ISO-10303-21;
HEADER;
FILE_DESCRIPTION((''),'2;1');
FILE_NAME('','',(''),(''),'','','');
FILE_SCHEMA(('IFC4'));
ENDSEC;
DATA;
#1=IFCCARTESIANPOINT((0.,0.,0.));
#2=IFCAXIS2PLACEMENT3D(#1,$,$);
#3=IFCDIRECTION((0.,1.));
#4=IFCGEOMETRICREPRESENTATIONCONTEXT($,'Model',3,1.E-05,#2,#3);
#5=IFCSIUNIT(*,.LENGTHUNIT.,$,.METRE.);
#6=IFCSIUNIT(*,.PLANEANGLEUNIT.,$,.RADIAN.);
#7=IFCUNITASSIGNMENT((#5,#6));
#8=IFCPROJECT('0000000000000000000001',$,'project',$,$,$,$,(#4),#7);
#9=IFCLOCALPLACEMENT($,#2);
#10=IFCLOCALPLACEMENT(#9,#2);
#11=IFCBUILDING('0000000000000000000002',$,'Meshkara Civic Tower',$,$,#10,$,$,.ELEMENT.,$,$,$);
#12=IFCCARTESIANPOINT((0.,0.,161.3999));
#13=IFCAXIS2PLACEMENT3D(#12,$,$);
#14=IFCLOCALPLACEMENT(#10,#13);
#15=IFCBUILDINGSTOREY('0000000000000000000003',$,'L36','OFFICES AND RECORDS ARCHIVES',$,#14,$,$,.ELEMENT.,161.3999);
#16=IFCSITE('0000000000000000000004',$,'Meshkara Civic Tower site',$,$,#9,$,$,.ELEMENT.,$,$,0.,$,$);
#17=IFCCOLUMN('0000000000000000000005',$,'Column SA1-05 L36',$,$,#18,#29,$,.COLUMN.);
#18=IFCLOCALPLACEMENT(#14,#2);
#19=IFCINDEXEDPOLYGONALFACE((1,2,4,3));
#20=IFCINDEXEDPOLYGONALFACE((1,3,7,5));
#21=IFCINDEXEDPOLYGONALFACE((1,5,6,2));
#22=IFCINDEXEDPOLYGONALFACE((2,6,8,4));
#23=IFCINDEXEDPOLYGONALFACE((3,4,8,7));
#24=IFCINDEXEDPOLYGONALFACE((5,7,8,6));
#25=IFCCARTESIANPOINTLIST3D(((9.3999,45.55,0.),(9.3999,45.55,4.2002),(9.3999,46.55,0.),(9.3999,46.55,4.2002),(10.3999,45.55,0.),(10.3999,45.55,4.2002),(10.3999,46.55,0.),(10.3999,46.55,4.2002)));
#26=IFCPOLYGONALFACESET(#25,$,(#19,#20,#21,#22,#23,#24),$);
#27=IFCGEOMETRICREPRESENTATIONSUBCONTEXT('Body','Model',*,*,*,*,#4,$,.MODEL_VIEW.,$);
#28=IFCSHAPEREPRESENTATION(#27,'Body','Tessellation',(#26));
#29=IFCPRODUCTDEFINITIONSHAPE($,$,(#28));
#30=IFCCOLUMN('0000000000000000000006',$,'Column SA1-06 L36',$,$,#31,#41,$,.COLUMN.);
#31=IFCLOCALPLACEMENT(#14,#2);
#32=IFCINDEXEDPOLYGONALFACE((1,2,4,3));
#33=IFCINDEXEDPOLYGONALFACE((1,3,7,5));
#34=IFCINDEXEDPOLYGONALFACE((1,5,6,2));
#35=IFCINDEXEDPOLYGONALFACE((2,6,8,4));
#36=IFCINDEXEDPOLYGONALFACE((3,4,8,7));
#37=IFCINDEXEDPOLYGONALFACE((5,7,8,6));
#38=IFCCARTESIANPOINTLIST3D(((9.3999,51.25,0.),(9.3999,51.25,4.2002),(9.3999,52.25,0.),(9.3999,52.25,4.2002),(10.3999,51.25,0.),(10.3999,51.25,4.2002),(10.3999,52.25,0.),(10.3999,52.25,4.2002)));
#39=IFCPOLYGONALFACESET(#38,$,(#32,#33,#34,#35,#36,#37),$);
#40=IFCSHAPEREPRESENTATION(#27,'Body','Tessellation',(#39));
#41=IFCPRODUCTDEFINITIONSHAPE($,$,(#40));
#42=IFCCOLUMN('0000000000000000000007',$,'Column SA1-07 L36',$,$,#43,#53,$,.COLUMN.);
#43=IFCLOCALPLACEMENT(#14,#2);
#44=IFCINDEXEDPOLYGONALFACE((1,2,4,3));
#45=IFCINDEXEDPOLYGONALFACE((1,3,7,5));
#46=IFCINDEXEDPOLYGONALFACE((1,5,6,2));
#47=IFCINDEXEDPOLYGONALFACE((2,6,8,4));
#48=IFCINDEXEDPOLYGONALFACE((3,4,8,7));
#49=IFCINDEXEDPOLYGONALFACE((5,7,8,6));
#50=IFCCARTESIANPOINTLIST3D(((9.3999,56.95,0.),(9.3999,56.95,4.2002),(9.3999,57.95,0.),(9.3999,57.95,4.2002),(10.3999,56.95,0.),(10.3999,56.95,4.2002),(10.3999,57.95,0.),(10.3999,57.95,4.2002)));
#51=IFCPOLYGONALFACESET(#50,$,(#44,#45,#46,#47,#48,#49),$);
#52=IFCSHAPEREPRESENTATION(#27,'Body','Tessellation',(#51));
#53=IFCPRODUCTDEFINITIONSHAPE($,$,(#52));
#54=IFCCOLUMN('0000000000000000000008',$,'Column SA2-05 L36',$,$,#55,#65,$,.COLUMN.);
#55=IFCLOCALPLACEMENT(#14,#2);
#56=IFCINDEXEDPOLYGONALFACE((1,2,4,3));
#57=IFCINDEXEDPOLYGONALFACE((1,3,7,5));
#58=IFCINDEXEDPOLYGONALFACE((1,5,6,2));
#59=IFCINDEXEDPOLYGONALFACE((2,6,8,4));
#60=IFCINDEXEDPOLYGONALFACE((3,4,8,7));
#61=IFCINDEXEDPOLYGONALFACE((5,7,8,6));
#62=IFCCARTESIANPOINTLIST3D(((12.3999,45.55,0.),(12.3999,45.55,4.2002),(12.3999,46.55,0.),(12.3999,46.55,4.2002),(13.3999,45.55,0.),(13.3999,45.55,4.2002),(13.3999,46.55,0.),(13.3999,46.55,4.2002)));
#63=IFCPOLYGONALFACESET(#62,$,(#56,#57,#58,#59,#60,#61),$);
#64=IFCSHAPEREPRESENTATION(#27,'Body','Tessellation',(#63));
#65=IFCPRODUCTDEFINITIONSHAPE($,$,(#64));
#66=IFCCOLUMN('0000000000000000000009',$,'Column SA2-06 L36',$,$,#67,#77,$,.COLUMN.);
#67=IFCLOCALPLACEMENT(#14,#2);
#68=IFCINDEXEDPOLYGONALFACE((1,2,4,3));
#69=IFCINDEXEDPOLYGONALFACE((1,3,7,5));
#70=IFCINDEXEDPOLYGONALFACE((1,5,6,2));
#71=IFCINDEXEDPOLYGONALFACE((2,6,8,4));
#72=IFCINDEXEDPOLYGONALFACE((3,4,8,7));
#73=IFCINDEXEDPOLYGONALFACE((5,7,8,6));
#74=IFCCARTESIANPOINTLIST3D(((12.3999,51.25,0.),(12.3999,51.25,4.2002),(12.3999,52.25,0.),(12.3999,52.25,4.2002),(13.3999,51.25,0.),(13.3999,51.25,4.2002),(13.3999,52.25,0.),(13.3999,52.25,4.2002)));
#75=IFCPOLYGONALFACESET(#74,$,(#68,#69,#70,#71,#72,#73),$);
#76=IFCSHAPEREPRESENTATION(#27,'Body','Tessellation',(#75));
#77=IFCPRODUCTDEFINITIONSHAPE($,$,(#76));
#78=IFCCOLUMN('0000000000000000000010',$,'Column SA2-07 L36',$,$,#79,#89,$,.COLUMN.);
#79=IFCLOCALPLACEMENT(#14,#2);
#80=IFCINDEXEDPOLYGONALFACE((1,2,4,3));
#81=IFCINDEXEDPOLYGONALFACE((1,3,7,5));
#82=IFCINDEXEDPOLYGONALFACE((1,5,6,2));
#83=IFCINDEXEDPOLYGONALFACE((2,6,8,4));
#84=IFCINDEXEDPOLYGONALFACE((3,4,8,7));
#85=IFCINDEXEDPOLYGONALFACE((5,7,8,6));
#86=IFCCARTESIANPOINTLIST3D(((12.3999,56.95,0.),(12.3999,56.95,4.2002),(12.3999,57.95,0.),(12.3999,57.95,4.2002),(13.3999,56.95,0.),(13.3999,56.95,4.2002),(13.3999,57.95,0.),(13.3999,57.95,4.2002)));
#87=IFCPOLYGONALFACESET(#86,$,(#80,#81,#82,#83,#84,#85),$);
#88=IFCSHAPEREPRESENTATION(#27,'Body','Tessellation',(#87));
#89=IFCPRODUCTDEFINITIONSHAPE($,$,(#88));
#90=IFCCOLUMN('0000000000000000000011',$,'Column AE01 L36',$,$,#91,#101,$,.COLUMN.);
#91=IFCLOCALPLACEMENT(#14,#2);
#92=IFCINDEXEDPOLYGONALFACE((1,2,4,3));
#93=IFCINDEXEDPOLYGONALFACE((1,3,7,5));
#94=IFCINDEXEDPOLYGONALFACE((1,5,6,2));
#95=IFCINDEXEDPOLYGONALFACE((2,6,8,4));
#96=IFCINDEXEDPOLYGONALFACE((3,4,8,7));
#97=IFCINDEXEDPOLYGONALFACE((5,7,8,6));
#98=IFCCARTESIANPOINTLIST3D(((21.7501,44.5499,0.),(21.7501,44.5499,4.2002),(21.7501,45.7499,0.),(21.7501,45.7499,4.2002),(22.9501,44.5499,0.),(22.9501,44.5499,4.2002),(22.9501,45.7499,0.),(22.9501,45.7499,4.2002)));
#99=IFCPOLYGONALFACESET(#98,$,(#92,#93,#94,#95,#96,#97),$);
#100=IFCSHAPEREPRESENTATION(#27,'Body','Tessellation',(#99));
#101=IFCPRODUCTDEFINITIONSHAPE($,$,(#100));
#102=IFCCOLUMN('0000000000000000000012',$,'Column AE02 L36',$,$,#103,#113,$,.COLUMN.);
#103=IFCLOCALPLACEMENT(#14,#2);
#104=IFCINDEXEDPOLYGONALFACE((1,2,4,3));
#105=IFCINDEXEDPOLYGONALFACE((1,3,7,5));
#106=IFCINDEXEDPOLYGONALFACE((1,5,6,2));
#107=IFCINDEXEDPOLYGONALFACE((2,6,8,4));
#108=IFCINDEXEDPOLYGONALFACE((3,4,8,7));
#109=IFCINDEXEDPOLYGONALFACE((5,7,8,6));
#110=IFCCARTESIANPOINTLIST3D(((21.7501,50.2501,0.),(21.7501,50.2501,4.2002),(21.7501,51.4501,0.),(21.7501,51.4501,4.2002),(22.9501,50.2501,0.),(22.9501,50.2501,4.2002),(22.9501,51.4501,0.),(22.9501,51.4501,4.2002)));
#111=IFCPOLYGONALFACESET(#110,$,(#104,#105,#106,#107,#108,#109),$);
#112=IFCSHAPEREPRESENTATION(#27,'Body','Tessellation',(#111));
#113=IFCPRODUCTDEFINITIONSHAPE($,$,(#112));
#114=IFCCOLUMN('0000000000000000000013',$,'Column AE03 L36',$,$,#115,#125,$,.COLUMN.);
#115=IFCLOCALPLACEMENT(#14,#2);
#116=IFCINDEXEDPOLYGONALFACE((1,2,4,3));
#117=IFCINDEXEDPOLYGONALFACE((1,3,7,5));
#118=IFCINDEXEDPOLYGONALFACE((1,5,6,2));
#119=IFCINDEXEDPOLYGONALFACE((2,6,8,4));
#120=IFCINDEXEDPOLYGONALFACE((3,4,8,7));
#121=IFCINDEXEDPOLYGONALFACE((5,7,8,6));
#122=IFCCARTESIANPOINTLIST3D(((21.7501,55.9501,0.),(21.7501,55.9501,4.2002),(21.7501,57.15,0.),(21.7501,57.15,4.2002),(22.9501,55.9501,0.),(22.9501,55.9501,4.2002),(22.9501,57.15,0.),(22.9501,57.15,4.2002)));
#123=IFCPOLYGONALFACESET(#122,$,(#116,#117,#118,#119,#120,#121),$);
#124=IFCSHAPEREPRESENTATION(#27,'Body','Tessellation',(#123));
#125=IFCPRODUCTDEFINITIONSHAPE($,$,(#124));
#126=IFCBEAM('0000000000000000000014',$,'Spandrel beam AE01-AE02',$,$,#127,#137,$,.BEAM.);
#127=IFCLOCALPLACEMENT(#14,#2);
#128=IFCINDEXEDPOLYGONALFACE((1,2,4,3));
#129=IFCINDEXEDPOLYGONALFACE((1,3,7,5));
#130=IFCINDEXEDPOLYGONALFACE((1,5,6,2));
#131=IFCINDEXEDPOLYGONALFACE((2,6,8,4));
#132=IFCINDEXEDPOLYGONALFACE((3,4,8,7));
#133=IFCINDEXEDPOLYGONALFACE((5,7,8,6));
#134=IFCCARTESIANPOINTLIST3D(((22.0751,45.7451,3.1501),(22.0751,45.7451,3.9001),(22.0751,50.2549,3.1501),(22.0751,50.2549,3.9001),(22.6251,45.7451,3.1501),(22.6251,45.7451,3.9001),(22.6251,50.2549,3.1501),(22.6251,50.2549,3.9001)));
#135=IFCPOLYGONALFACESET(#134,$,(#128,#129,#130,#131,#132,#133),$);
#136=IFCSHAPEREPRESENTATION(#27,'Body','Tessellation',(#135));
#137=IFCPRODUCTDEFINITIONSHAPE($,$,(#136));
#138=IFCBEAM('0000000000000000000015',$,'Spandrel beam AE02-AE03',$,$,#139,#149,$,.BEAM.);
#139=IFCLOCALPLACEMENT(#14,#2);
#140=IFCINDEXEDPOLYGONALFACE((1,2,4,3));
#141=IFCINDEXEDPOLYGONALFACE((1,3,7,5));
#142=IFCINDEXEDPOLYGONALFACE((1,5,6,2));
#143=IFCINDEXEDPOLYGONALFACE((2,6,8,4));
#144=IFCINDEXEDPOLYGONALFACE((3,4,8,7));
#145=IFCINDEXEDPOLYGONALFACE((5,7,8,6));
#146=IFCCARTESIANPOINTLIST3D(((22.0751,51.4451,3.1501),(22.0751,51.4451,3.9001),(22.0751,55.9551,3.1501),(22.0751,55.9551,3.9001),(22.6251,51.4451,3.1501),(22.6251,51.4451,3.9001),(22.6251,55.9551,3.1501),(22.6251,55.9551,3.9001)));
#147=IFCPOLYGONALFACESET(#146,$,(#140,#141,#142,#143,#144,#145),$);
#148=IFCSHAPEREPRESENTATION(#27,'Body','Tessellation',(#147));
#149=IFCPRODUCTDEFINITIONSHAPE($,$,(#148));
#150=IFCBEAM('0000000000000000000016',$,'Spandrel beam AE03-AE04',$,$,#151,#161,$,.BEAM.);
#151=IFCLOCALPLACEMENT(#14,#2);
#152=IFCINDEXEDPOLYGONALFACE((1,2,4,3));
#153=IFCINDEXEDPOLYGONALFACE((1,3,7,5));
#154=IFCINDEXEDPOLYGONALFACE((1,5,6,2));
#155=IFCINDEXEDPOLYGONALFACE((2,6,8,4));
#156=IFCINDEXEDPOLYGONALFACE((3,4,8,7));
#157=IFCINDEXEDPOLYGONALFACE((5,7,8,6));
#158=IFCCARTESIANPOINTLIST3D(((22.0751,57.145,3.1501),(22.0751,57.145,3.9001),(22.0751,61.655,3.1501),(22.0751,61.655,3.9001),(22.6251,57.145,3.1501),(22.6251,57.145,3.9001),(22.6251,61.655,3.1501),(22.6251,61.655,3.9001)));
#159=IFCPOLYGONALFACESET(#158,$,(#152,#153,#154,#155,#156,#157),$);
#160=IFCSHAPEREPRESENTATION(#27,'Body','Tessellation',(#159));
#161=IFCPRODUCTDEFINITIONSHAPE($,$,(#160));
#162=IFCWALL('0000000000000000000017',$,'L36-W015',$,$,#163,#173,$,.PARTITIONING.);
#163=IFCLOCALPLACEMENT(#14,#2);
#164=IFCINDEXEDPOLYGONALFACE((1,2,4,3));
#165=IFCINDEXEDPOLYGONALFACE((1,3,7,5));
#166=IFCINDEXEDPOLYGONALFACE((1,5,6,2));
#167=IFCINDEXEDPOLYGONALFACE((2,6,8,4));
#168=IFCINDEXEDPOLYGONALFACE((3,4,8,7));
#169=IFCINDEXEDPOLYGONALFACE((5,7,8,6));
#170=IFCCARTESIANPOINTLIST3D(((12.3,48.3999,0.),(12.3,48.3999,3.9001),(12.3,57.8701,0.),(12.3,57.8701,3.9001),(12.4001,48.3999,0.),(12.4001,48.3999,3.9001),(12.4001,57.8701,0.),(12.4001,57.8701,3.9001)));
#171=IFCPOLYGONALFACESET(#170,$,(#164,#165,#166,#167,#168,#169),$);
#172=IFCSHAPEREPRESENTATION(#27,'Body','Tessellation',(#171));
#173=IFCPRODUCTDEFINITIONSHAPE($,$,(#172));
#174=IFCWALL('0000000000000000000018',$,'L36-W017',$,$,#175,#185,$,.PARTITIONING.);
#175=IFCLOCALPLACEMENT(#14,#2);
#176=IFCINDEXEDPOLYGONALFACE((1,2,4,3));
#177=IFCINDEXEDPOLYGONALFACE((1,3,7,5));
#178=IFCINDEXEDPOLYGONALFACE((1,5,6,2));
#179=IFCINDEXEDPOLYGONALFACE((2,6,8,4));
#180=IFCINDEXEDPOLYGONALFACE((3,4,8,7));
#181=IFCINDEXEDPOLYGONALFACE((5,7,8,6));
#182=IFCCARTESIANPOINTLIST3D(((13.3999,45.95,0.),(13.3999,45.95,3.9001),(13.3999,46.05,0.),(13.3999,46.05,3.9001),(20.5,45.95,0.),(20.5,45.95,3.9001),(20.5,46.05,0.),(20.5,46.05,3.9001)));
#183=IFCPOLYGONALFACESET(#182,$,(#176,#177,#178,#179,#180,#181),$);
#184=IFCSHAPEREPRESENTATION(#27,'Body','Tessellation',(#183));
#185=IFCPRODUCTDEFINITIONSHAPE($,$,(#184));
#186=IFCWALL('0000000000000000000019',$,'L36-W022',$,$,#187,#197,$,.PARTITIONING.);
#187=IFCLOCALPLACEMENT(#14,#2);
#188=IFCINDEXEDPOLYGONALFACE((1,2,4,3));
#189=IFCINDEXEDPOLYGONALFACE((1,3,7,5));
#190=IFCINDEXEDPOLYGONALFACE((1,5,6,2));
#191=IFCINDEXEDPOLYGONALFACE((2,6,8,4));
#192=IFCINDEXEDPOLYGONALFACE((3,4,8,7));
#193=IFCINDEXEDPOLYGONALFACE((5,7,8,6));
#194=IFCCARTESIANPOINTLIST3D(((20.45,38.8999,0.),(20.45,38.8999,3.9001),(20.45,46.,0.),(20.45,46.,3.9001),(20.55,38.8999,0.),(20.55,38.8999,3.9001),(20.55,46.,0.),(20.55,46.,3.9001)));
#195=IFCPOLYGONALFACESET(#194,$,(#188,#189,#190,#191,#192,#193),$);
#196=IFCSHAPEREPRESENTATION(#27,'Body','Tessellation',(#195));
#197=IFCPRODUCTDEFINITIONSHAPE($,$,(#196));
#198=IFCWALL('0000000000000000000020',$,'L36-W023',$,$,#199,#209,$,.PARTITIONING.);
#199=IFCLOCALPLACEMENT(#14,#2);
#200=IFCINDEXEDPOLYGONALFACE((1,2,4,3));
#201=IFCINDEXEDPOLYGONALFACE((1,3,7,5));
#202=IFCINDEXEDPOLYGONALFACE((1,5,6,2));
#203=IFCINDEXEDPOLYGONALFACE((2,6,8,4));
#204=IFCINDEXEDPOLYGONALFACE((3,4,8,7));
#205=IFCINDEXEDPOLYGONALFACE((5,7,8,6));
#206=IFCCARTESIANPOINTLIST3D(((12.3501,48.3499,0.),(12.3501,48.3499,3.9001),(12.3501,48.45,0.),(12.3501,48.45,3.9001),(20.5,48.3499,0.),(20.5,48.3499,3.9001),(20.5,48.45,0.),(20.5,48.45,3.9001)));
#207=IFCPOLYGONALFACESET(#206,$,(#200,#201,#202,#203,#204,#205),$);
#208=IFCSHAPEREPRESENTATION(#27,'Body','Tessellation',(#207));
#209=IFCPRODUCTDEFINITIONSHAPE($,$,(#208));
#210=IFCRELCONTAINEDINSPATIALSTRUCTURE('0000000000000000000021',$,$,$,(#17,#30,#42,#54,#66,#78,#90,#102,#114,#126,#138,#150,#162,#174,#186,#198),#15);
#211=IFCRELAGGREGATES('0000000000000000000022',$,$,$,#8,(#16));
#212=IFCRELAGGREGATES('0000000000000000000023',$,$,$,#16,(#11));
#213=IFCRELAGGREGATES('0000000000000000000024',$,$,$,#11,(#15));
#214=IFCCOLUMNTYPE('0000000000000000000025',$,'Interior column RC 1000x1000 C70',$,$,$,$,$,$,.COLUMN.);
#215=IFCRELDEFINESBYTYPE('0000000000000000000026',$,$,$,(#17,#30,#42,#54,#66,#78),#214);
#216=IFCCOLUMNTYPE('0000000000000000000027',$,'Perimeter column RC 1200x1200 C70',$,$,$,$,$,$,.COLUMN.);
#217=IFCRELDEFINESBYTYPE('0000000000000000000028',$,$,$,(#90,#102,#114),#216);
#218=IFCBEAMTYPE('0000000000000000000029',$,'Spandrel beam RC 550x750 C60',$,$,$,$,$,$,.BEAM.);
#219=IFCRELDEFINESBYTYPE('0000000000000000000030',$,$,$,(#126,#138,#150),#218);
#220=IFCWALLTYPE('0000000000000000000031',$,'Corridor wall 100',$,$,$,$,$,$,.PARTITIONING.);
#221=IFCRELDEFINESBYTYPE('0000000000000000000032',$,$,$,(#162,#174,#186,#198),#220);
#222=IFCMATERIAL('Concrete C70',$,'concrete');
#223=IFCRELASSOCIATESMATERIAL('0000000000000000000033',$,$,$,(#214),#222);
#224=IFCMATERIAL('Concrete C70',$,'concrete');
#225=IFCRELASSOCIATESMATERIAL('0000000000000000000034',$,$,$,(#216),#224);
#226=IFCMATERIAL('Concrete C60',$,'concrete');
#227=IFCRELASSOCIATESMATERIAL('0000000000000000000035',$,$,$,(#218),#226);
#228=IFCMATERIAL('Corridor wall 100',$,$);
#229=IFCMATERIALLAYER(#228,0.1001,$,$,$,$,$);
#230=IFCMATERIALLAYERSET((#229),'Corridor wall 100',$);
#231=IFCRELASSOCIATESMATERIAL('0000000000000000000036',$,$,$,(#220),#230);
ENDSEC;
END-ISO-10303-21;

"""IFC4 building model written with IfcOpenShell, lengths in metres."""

from ifc_helpers import new_model, si_unit, direction, frame, frame_2d, origin, origin_2d, place, context, subcontext, project, spatial, rectangle, extrude, material, layer, layer_set, material_profile, profile_set, type_object, element, save


model = new_model("IFC4")

# Units and contexts
model_context = context("Model", 3, precision=1e-05, world=origin(), true_north=direction((0.0, 1.0)))
body_context = subcontext(model_context, "Body", "Model", "MODEL_VIEW")
ifc_project = project(units=[si_unit("LENGTHUNIT", "METRE"), si_unit("PLANEANGLEUNIT", "RADIAN")], contexts=[model_context])

# Site, building, storey
site_placement = place(None, origin())
site = spatial("IfcSite", under=ifc_project, at=site_placement, Name="Meshkara Civic Tower site", CompositionType="ELEMENT", RefElevation=0.0)
building_placement = place(site_placement, origin())
building = spatial("IfcBuilding", under=site, at=building_placement, Name="Meshkara Civic Tower", CompositionType="ELEMENT")
storey_placement = place(building_placement, frame((0.0, 0.0, 161.3999)))
storey = spatial("IfcBuildingStorey", under=building, at=storey_placement, Name="L36", Description="OFFICES AND RECORDS ARCHIVES", CompositionType="ELEMENT", Elevation=161.3999)

# Columns
ifc_material_1 = material(Name="Concrete C70", Category="concrete")
ifc_material_profile_1 = material_profile(ifc_material_1, rectangle(XDim=1.0, YDim=1.0, at=origin_2d()))
ifc_profile_set_1 = profile_set([ifc_material_profile_1], Name="Concrete C70")
column_type_1 = type_object("IfcColumnType", Name="Interior column RC 1000x1000 C70", PredefinedType="COLUMN", material=ifc_profile_set_1)
for number, where, z_axis, x_axis, name in (
    (1, (9.8999, 46.05, 0.0), (0.0, 0.0, 1.0), (1.0, 0.0, 0.0), "Column SA1-05 L36"),
    (2, (9.8999, 51.75, 0.0), (0.0, 0.0, 1.0), (1.0, 0.0, 0.0), "Column SA1-06 L36"),
    (3, (9.8999, 57.45, 0.0), (0.0, 0.0, 1.0), (1.0, 0.0, 0.0), "Column SA1-07 L36"),
    (4, (12.8999, 46.05, 0.0), (0.0, 0.0, 1.0), (1.0, 0.0, 0.0), "Column SA2-05 L36"),
    (5, (12.8999, 51.75, 0.0), (0.0, 0.0, 1.0), (1.0, 0.0, 0.0), "Column SA2-06 L36"),
    (6, (12.8999, 57.45, 0.0), (0.0, 0.0, 1.0), (1.0, 0.0, 0.0), "Column SA2-07 L36"),
):
    element("IfcColumn", number, at=place(storey_placement, frame(where, z_axis=z_axis, x_axis=x_axis)), inside=storey, type_object=column_type_1, Name=name, PredefinedType="COLUMN", context=body_context, shape_type="SweptSolid", body=[
        extrude(rectangle(XDim=1.0, YDim=1.0, at=origin_2d()), origin(), (0.0, 0.0, 1.0), 4.2002),
    ])
ifc_material_2 = material(Name="Concrete C70", Category="concrete")
ifc_material_profile_2 = material_profile(ifc_material_2, rectangle(XDim=1.2, YDim=1.2, at=origin_2d()))
ifc_profile_set_2 = profile_set([ifc_material_profile_2], Name="Concrete C70")
column_type_2 = type_object("IfcColumnType", Name="Perimeter column RC 1200x1200 C70", PredefinedType="COLUMN", material=ifc_profile_set_2)
for number, where, z_axis, x_axis, name in (
    (7, (22.3501, 45.1499, 0.0), (0.0, 0.0, 1.0), (1.0, 0.0, 0.0), "Column AE01 L36"),
    (8, (22.3501, 50.8501, 0.0), (0.0, 0.0, 1.0), (1.0, 0.0, 0.0), "Column AE02 L36"),
    (9, (22.3501, 56.55, 0.0), (0.0, 0.0, 1.0), (1.0, 0.0, 0.0), "Column AE03 L36"),
):
    element("IfcColumn", number, at=place(storey_placement, frame(where, z_axis=z_axis, x_axis=x_axis)), inside=storey, type_object=column_type_2, Name=name, PredefinedType="COLUMN", context=body_context, shape_type="SweptSolid", body=[
        extrude(rectangle(XDim=1.2, YDim=1.2, at=origin_2d()), origin(), (0.0, 0.0, 1.0), 4.2002),
    ])

# Beams
ifc_material_3 = material(Name="Concrete C60", Category="concrete")
ifc_material_profile_3 = material_profile(ifc_material_3, rectangle(XDim=0.55, YDim=0.75, at=origin_2d()))
ifc_profile_set_3 = profile_set([ifc_material_profile_3], Name="Concrete C60")
beam_type = type_object("IfcBeamType", Name="Spandrel beam RC 550x750 C60", PredefinedType="BEAM", material=ifc_profile_set_3)
beam_placement = place(storey_placement, frame((22.3501, 45.7451, 3.5251), z_axis=(0.0, 1.0, 0.0), x_axis=(-1.0, 0.0, 0.0)))
element("IfcBeam", 10, at=beam_placement, inside=storey, type_object=beam_type, Name="Spandrel beam AE01-AE02", PredefinedType="BEAM", context=body_context, shape_type="SweptSolid", body=[
    extrude(rectangle(XDim=0.55, YDim=0.75, at=origin_2d()), origin(), (0.0, 0.0, 1.0), 4.5098),
])
for number, where, z_axis, x_axis, name in (
    (11, (22.3501, 51.4451, 3.5251), (0.0, 1.0, 0.0), (-1.0, 0.0, 0.0), "Spandrel beam AE02-AE03"),
    (12, (22.3501, 57.145, 3.5251), (0.0, 1.0, 0.0), (-1.0, 0.0, 0.0), "Spandrel beam AE03-AE04"),
):
    element("IfcBeam", number, at=place(storey_placement, frame(where, z_axis=z_axis, x_axis=x_axis)), inside=storey, type_object=beam_type, Name=name, PredefinedType="BEAM", context=body_context, shape_type="SweptSolid", body=[
        extrude(rectangle(XDim=0.55, YDim=0.75, at=origin_2d()), origin(), (0.0, 0.0, 1.0), 4.51),
    ])

# Walls
ifc_material_4 = material(Name="Corridor wall 100")
ifc_layer_1 = layer(ifc_material_4, 0.1001)
ifc_layer_set_1 = layer_set([ifc_layer_1], Name="Corridor wall 100")
wall_type_1 = type_object("IfcWallType", Name="Corridor wall 100", PredefinedType="PARTITIONING", material=ifc_layer_set_1)
wall_1_placement = place(storey_placement, frame((12.3501, 48.3999, 0.0), z_axis=(0.0, 0.0, 1.0), x_axis=(0.0, 1.0, 0.0)))
element("IfcWall", 13, at=wall_1_placement, inside=storey, type_object=wall_type_1, Name="L36-W015", PredefinedType="PARTITIONING", context=body_context, shape_type="SweptSolid", body=[
    extrude(rectangle(XDim=9.4702, YDim=0.1001, at=frame_2d((4.7351, 0.0))), origin(), (0.0, 0.0, 1.0), 3.9001),
])
for number, where, z_axis, x_axis, name in (
    (14, (13.3999, 46.0, 0.0), (0.0, 0.0, 1.0), (1.0, 0.0, 0.0), "L36-W017"),
    (15, (20.5, 46.0, 0.0), (0.0, 0.0, 1.0), (0.0, -1.0, 0.0), "L36-W022"),
):
    element("IfcWall", number, at=place(storey_placement, frame(where, z_axis=z_axis, x_axis=x_axis)), inside=storey, type_object=wall_type_1, Name=name, PredefinedType="PARTITIONING", context=body_context, shape_type="SweptSolid", body=[
        extrude(rectangle(XDim=7.1001, YDim=0.1001, at=frame_2d((3.55, 0.0))), origin(), (0.0, 0.0, 1.0), 3.9001),
    ])
wall_2_placement = place(storey_placement, frame((20.5, 48.3999, 0.0), z_axis=(0.0, 0.0, 1.0), x_axis=(-1.0, 0.0, 0.0)))
element("IfcWall", 16, at=wall_2_placement, inside=storey, type_object=wall_type_1, Name="L36-W023", PredefinedType="PARTITIONING", context=body_context, shape_type="SweptSolid", body=[
    extrude(rectangle(XDim=8.1499, YDim=0.1001, at=frame_2d((4.075, 0.0))), origin(), (0.0, 0.0, 1.0), 3.9001),
])

save(model, "model.ifc")
